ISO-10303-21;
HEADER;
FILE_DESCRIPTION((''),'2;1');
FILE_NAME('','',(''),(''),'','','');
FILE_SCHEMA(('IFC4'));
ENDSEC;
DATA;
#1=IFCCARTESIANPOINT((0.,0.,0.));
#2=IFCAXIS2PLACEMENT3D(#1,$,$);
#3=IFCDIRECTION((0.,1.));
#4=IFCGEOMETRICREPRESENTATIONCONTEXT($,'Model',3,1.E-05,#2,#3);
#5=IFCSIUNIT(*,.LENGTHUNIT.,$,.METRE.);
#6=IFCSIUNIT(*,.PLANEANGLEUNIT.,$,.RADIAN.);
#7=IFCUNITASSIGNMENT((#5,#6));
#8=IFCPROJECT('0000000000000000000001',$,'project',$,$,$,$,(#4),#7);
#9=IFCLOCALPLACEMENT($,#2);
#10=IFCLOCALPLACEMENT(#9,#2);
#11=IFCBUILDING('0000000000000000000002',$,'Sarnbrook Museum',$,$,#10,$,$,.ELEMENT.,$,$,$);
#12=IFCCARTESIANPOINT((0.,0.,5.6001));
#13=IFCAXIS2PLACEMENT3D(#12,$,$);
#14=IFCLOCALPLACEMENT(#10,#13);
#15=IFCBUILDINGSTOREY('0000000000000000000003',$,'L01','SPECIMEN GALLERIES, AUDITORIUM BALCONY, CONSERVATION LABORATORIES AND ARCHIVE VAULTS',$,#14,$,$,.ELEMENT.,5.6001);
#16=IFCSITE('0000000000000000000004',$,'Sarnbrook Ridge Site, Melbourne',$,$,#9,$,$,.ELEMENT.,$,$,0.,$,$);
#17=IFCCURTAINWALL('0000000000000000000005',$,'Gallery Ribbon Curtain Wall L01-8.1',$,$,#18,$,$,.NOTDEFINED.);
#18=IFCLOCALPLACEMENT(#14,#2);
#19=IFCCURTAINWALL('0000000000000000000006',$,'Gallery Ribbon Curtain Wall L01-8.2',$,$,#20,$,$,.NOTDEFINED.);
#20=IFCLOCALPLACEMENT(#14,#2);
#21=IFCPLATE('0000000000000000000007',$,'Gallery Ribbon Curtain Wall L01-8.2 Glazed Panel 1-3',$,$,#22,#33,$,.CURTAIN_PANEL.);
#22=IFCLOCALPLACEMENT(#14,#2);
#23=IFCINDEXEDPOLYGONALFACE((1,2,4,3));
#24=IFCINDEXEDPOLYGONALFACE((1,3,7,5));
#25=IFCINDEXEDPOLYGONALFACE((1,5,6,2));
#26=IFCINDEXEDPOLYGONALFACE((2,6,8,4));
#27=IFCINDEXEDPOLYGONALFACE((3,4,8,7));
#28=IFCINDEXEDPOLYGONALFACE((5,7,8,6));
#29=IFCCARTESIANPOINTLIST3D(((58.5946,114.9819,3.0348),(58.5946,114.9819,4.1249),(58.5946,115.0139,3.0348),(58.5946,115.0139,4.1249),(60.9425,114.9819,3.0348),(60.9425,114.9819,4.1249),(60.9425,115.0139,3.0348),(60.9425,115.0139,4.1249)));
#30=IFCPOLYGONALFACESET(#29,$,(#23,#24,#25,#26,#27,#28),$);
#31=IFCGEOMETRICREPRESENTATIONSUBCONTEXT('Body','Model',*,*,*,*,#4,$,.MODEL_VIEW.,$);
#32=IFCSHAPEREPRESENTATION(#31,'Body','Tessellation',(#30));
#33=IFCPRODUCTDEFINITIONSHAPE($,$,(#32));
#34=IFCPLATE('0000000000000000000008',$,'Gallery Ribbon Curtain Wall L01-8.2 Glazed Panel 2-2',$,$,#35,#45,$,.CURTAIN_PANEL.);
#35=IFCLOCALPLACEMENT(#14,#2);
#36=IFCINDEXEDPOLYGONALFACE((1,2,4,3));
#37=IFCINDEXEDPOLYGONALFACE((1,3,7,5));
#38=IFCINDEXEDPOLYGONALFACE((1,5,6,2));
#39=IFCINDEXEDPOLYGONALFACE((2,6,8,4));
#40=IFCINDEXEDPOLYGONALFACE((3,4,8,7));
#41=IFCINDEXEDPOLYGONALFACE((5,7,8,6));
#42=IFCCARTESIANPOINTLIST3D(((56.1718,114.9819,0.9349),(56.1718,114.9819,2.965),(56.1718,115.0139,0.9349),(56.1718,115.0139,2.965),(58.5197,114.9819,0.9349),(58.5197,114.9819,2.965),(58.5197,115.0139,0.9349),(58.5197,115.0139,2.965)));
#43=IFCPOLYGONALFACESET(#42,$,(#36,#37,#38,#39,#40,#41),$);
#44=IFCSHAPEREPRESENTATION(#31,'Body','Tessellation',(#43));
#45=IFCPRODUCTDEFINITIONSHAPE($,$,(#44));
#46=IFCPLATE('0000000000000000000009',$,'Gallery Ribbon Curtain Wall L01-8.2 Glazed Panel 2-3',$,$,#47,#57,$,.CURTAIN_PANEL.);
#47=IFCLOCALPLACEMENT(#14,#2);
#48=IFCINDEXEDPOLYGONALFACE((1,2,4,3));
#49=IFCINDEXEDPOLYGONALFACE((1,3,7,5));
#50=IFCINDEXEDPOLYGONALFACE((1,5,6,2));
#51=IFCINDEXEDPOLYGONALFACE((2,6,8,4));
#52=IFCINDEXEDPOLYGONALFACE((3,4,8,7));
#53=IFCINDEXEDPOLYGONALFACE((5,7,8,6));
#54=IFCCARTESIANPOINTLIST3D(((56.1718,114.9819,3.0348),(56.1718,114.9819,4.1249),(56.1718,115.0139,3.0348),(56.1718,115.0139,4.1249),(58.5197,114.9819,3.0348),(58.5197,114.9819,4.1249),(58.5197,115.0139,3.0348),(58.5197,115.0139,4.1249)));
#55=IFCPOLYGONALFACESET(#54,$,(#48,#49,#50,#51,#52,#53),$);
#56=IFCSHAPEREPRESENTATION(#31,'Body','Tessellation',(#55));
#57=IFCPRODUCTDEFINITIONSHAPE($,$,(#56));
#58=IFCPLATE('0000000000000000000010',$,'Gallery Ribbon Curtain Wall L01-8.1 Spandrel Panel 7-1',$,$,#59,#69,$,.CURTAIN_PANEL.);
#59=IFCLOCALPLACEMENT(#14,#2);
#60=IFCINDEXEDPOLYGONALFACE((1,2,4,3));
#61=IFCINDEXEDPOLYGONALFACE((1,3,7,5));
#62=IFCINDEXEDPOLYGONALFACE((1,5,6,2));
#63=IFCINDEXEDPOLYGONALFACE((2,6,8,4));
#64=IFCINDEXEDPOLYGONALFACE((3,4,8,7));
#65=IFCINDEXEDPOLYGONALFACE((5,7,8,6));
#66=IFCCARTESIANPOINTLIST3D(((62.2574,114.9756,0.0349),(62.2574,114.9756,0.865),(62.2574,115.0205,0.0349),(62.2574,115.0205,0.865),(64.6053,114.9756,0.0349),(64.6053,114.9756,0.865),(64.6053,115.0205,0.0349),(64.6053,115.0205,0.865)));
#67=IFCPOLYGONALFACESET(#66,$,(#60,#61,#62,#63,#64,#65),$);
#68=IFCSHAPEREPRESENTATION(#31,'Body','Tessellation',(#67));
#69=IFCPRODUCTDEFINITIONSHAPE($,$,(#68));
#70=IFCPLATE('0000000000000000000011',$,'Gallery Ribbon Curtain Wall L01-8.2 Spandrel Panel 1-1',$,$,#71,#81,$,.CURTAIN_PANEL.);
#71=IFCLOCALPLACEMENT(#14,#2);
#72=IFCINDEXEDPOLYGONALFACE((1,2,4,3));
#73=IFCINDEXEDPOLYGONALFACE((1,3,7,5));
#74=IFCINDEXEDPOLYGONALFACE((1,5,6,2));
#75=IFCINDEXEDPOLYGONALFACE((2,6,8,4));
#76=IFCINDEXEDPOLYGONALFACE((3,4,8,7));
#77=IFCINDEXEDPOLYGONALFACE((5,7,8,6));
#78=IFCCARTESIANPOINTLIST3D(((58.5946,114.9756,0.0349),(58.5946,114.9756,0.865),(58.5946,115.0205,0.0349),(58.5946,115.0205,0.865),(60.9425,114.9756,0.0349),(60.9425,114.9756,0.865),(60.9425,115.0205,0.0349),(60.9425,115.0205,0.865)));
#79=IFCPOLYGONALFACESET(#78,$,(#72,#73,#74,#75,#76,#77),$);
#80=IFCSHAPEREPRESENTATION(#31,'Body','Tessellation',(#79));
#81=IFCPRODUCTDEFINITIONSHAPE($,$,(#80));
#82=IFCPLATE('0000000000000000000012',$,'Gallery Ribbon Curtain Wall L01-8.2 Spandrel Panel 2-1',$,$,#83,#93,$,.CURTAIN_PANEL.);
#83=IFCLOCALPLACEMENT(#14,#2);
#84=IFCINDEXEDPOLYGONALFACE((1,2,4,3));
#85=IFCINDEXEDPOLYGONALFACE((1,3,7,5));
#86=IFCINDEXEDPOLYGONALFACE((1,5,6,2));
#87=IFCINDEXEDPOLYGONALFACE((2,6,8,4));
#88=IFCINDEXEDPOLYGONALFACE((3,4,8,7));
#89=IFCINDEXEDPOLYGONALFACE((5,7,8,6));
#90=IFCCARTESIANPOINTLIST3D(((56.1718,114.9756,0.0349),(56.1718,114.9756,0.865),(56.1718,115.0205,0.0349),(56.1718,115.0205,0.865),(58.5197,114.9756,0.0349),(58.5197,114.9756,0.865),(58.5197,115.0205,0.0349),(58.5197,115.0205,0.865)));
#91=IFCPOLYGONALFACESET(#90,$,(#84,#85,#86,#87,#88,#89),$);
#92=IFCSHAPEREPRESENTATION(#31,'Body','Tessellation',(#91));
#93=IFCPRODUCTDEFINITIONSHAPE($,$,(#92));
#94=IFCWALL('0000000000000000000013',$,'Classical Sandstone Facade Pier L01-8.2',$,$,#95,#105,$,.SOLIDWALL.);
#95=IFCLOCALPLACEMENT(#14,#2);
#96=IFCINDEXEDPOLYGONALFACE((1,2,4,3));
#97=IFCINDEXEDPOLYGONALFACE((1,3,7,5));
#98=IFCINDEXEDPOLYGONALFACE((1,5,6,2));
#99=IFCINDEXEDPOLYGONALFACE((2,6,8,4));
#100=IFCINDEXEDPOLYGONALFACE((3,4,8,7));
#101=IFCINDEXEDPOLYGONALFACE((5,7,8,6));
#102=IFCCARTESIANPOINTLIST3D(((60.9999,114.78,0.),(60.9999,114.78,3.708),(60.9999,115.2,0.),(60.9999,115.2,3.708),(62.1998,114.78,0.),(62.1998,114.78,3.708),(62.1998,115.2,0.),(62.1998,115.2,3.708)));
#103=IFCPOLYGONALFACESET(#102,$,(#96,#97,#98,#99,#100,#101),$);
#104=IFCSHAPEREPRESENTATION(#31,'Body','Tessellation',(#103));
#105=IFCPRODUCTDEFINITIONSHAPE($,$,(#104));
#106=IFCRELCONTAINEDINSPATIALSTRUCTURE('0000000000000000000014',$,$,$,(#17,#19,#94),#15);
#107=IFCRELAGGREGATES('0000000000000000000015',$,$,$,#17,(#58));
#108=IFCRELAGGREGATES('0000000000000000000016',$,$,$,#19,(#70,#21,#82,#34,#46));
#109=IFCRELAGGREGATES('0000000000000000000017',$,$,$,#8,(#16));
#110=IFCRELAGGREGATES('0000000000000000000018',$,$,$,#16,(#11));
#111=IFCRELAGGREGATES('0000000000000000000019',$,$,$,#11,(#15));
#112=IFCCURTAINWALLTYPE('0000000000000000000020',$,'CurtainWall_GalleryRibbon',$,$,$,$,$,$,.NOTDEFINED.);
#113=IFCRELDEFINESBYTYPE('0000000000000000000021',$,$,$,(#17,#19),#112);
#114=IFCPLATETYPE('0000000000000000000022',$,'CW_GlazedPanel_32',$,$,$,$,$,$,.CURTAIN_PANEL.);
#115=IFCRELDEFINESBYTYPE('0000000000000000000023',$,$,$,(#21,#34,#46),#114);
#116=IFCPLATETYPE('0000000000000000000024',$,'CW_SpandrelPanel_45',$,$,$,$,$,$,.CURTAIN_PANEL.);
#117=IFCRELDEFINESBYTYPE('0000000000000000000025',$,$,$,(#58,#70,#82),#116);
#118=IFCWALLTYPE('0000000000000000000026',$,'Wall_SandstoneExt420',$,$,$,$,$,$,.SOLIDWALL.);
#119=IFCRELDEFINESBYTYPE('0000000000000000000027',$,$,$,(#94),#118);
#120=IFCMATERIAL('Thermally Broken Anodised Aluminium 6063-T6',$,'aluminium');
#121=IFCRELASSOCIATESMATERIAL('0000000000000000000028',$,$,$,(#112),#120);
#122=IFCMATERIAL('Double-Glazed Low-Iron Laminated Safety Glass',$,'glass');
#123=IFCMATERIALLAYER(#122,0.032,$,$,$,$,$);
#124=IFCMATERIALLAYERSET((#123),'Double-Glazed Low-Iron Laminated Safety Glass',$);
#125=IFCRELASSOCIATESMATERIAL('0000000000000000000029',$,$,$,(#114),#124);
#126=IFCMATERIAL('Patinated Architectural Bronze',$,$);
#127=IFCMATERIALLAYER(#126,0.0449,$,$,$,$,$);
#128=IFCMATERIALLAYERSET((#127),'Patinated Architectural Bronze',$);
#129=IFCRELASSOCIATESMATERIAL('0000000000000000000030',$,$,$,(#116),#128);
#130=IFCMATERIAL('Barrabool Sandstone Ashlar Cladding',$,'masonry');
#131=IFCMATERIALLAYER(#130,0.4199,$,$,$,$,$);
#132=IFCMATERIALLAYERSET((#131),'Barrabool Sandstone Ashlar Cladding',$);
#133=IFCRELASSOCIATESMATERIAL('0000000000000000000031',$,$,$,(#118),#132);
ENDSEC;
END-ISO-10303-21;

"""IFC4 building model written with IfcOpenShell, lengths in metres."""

from ifc_helpers import new_model, si_unit, direction, frame, frame_2d, origin, origin_2d, place, context, subcontext, project, spatial, rectangle, extrude, material, layer, layer_set, type_object, element, aggregate, save


model = new_model("IFC4")

# Units and contexts
model_context = context("Model", 3, precision=1e-05, world=origin(), true_north=direction((0.0, 1.0)))
body_context = subcontext(model_context, "Body", "Model", "MODEL_VIEW")
ifc_project = project(units=[si_unit("LENGTHUNIT", "METRE"), si_unit("PLANEANGLEUNIT", "RADIAN")], contexts=[model_context])

# Site, building, storey
site_placement = place(None, origin())
site = spatial("IfcSite", under=ifc_project, at=site_placement, Name="Sarnbrook Ridge Site, Melbourne", CompositionType="ELEMENT", RefElevation=0.0)
building_placement = place(site_placement, origin())
building = spatial("IfcBuilding", under=site, at=building_placement, Name="Sarnbrook Museum", CompositionType="ELEMENT")
storey_placement = place(building_placement, frame((0.0, 0.0, 5.6001)))
storey = spatial("IfcBuildingStorey", under=building, at=storey_placement, Name="L01", Description="SPECIMEN GALLERIES, AUDITORIUM BALCONY, CONSERVATION LABORATORIES AND ARCHIVE VAULTS", CompositionType="ELEMENT", Elevation=5.6001)

# Curtain wall
ifc_material_1 = material(Name="Thermally Broken Anodised Aluminium 6063-T6", Category="aluminium")
curtain_wall_type = type_object("IfcCurtainWallType", Name="CurtainWall_GalleryRibbon", PredefinedType="NOTDEFINED", material=ifc_material_1)
curtain_wall_1_placement = place(storey_placement, origin())
curtain_wall_1 = element("IfcCurtainWall", 1, at=curtain_wall_1_placement, inside=storey, type_object=curtain_wall_type, Name="Gallery Ribbon Curtain Wall L01-8.1", PredefinedType="NOTDEFINED")

# Curtain wall
curtain_wall_2_placement = place(storey_placement, origin())
curtain_wall_2 = element("IfcCurtainWall", 2, at=curtain_wall_2_placement, inside=storey, type_object=curtain_wall_type, Name="Gallery Ribbon Curtain Wall L01-8.2", PredefinedType="NOTDEFINED")

# Plates
ifc_material_2 = material(Name="Double-Glazed Low-Iron Laminated Safety Glass", Category="glass")
ifc_layer_1 = layer(ifc_material_2, 0.032)
ifc_layer_set_1 = layer_set([ifc_layer_1], Name="Double-Glazed Low-Iron Laminated Safety Glass")
plate_type_1 = type_object("IfcPlateType", Name="CW_GlazedPanel_32", PredefinedType="CURTAIN_PANEL", material=ifc_layer_set_1)
plate_1_placement = place(storey_placement, frame((59.7686, 114.9819, 3.5798), z_axis=(0.0, 1.0, 0.0), x_axis=(-1.0, 0.0, 0.0)))
plate_1 = element("IfcPlate", 3, at=plate_1_placement, type_object=plate_type_1, Name="Gallery Ribbon Curtain Wall L01-8.2 Glazed Panel 1-3", PredefinedType="CURTAIN_PANEL", context=body_context, shape_type="SweptSolid", body=[
    extrude(rectangle(XDim=2.3479, YDim=1.0901, at=origin_2d()), origin(), (0.0, 0.0, 1.0), 0.032),
])
plate_2_placement = place(storey_placement, frame((57.3457, 114.9819, 1.95), z_axis=(0.0, 1.0, 0.0), x_axis=(-1.0, 0.0, 0.0)))
plate_2 = element("IfcPlate", 4, at=plate_2_placement, type_object=plate_type_1, Name="Gallery Ribbon Curtain Wall L01-8.2 Glazed Panel 2-2", PredefinedType="CURTAIN_PANEL", context=body_context, shape_type="SweptSolid", body=[
    extrude(rectangle(XDim=2.3479, YDim=2.03, at=origin_2d()), origin(), (0.0, 0.0, 1.0), 0.032),
])
plate_3_placement = place(storey_placement, frame((57.3457, 114.9819, 3.5798), z_axis=(0.0, 1.0, 0.0), x_axis=(-1.0, 0.0, 0.0)))
plate_3 = element("IfcPlate", 5, at=plate_3_placement, type_object=plate_type_1, Name="Gallery Ribbon Curtain Wall L01-8.2 Glazed Panel 2-3", PredefinedType="CURTAIN_PANEL", context=body_context, shape_type="SweptSolid", body=[
    extrude(rectangle(XDim=2.3479, YDim=1.0901, at=origin_2d()), origin(), (0.0, 0.0, 1.0), 0.032),
])
ifc_material_3 = material(Name="Patinated Architectural Bronze")
ifc_layer_2 = layer(ifc_material_3, 0.0449)
ifc_layer_set_2 = layer_set([ifc_layer_2], Name="Patinated Architectural Bronze")
plate_type_2 = type_object("IfcPlateType", Name="CW_SpandrelPanel_45", PredefinedType="CURTAIN_PANEL", material=ifc_layer_set_2)
plate_4_placement = place(storey_placement, frame((63.4314, 114.9756, 0.45), z_axis=(0.0, 1.0, 0.0), x_axis=(-1.0, 0.0, 0.0)))
plate_4 = element("IfcPlate", 6, at=plate_4_placement, type_object=plate_type_2, Name="Gallery Ribbon Curtain Wall L01-8.1 Spandrel Panel 7-1", PredefinedType="CURTAIN_PANEL", context=body_context, shape_type="SweptSolid", body=[
    extrude(rectangle(XDim=2.3479, YDim=0.8301, at=origin_2d()), origin(), (0.0, 0.0, 1.0), 0.0449),
])
aggregate(curtain_wall_1, [plate_4])
plate_5_placement = place(storey_placement, frame((59.7686, 114.9756, 0.45), z_axis=(0.0, 1.0, 0.0), x_axis=(-1.0, 0.0, 0.0)))
plate_5 = element("IfcPlate", 7, at=plate_5_placement, type_object=plate_type_2, Name="Gallery Ribbon Curtain Wall L01-8.2 Spandrel Panel 1-1", PredefinedType="CURTAIN_PANEL", context=body_context, shape_type="SweptSolid", body=[
    extrude(rectangle(XDim=2.3479, YDim=0.8301, at=origin_2d()), origin(), (0.0, 0.0, 1.0), 0.0449),
])
plate_6_placement = place(storey_placement, frame((57.3457, 114.9756, 0.45), z_axis=(0.0, 1.0, 0.0), x_axis=(-1.0, 0.0, 0.0)))
plate_6 = element("IfcPlate", 8, at=plate_6_placement, type_object=plate_type_2, Name="Gallery Ribbon Curtain Wall L01-8.2 Spandrel Panel 2-1", PredefinedType="CURTAIN_PANEL", context=body_context, shape_type="SweptSolid", body=[
    extrude(rectangle(XDim=2.3479, YDim=0.8301, at=origin_2d()), origin(), (0.0, 0.0, 1.0), 0.0449),
])
aggregate(curtain_wall_2, [plate_5, plate_1, plate_6, plate_2, plate_3])

# Wall
ifc_material_4 = material(Name="Barrabool Sandstone Ashlar Cladding", Category="masonry")
ifc_layer_3 = layer(ifc_material_4, 0.4199)
ifc_layer_set_3 = layer_set([ifc_layer_3], Name="Barrabool Sandstone Ashlar Cladding")
wall_type = type_object("IfcWallType", Name="Wall_SandstoneExt420", PredefinedType="SOLIDWALL", material=ifc_layer_set_3)
wall_placement = place(storey_placement, frame((62.2, 114.99, 0.0), z_axis=(0.0, 0.0, 1.0), x_axis=(-1.0, 0.0, 0.0)))
element("IfcWall", 9, at=wall_placement, inside=storey, type_object=wall_type, Name="Classical Sandstone Facade Pier L01-8.2", PredefinedType="SOLIDWALL", context=body_context, shape_type="SweptSolid", body=[
    extrude(rectangle(XDim=1.2, YDim=0.4199, at=frame_2d((0.6001, 0.0))), origin(), (0.0, 0.0, 1.0), 3.708),
])

save(model, "model.ifc")
